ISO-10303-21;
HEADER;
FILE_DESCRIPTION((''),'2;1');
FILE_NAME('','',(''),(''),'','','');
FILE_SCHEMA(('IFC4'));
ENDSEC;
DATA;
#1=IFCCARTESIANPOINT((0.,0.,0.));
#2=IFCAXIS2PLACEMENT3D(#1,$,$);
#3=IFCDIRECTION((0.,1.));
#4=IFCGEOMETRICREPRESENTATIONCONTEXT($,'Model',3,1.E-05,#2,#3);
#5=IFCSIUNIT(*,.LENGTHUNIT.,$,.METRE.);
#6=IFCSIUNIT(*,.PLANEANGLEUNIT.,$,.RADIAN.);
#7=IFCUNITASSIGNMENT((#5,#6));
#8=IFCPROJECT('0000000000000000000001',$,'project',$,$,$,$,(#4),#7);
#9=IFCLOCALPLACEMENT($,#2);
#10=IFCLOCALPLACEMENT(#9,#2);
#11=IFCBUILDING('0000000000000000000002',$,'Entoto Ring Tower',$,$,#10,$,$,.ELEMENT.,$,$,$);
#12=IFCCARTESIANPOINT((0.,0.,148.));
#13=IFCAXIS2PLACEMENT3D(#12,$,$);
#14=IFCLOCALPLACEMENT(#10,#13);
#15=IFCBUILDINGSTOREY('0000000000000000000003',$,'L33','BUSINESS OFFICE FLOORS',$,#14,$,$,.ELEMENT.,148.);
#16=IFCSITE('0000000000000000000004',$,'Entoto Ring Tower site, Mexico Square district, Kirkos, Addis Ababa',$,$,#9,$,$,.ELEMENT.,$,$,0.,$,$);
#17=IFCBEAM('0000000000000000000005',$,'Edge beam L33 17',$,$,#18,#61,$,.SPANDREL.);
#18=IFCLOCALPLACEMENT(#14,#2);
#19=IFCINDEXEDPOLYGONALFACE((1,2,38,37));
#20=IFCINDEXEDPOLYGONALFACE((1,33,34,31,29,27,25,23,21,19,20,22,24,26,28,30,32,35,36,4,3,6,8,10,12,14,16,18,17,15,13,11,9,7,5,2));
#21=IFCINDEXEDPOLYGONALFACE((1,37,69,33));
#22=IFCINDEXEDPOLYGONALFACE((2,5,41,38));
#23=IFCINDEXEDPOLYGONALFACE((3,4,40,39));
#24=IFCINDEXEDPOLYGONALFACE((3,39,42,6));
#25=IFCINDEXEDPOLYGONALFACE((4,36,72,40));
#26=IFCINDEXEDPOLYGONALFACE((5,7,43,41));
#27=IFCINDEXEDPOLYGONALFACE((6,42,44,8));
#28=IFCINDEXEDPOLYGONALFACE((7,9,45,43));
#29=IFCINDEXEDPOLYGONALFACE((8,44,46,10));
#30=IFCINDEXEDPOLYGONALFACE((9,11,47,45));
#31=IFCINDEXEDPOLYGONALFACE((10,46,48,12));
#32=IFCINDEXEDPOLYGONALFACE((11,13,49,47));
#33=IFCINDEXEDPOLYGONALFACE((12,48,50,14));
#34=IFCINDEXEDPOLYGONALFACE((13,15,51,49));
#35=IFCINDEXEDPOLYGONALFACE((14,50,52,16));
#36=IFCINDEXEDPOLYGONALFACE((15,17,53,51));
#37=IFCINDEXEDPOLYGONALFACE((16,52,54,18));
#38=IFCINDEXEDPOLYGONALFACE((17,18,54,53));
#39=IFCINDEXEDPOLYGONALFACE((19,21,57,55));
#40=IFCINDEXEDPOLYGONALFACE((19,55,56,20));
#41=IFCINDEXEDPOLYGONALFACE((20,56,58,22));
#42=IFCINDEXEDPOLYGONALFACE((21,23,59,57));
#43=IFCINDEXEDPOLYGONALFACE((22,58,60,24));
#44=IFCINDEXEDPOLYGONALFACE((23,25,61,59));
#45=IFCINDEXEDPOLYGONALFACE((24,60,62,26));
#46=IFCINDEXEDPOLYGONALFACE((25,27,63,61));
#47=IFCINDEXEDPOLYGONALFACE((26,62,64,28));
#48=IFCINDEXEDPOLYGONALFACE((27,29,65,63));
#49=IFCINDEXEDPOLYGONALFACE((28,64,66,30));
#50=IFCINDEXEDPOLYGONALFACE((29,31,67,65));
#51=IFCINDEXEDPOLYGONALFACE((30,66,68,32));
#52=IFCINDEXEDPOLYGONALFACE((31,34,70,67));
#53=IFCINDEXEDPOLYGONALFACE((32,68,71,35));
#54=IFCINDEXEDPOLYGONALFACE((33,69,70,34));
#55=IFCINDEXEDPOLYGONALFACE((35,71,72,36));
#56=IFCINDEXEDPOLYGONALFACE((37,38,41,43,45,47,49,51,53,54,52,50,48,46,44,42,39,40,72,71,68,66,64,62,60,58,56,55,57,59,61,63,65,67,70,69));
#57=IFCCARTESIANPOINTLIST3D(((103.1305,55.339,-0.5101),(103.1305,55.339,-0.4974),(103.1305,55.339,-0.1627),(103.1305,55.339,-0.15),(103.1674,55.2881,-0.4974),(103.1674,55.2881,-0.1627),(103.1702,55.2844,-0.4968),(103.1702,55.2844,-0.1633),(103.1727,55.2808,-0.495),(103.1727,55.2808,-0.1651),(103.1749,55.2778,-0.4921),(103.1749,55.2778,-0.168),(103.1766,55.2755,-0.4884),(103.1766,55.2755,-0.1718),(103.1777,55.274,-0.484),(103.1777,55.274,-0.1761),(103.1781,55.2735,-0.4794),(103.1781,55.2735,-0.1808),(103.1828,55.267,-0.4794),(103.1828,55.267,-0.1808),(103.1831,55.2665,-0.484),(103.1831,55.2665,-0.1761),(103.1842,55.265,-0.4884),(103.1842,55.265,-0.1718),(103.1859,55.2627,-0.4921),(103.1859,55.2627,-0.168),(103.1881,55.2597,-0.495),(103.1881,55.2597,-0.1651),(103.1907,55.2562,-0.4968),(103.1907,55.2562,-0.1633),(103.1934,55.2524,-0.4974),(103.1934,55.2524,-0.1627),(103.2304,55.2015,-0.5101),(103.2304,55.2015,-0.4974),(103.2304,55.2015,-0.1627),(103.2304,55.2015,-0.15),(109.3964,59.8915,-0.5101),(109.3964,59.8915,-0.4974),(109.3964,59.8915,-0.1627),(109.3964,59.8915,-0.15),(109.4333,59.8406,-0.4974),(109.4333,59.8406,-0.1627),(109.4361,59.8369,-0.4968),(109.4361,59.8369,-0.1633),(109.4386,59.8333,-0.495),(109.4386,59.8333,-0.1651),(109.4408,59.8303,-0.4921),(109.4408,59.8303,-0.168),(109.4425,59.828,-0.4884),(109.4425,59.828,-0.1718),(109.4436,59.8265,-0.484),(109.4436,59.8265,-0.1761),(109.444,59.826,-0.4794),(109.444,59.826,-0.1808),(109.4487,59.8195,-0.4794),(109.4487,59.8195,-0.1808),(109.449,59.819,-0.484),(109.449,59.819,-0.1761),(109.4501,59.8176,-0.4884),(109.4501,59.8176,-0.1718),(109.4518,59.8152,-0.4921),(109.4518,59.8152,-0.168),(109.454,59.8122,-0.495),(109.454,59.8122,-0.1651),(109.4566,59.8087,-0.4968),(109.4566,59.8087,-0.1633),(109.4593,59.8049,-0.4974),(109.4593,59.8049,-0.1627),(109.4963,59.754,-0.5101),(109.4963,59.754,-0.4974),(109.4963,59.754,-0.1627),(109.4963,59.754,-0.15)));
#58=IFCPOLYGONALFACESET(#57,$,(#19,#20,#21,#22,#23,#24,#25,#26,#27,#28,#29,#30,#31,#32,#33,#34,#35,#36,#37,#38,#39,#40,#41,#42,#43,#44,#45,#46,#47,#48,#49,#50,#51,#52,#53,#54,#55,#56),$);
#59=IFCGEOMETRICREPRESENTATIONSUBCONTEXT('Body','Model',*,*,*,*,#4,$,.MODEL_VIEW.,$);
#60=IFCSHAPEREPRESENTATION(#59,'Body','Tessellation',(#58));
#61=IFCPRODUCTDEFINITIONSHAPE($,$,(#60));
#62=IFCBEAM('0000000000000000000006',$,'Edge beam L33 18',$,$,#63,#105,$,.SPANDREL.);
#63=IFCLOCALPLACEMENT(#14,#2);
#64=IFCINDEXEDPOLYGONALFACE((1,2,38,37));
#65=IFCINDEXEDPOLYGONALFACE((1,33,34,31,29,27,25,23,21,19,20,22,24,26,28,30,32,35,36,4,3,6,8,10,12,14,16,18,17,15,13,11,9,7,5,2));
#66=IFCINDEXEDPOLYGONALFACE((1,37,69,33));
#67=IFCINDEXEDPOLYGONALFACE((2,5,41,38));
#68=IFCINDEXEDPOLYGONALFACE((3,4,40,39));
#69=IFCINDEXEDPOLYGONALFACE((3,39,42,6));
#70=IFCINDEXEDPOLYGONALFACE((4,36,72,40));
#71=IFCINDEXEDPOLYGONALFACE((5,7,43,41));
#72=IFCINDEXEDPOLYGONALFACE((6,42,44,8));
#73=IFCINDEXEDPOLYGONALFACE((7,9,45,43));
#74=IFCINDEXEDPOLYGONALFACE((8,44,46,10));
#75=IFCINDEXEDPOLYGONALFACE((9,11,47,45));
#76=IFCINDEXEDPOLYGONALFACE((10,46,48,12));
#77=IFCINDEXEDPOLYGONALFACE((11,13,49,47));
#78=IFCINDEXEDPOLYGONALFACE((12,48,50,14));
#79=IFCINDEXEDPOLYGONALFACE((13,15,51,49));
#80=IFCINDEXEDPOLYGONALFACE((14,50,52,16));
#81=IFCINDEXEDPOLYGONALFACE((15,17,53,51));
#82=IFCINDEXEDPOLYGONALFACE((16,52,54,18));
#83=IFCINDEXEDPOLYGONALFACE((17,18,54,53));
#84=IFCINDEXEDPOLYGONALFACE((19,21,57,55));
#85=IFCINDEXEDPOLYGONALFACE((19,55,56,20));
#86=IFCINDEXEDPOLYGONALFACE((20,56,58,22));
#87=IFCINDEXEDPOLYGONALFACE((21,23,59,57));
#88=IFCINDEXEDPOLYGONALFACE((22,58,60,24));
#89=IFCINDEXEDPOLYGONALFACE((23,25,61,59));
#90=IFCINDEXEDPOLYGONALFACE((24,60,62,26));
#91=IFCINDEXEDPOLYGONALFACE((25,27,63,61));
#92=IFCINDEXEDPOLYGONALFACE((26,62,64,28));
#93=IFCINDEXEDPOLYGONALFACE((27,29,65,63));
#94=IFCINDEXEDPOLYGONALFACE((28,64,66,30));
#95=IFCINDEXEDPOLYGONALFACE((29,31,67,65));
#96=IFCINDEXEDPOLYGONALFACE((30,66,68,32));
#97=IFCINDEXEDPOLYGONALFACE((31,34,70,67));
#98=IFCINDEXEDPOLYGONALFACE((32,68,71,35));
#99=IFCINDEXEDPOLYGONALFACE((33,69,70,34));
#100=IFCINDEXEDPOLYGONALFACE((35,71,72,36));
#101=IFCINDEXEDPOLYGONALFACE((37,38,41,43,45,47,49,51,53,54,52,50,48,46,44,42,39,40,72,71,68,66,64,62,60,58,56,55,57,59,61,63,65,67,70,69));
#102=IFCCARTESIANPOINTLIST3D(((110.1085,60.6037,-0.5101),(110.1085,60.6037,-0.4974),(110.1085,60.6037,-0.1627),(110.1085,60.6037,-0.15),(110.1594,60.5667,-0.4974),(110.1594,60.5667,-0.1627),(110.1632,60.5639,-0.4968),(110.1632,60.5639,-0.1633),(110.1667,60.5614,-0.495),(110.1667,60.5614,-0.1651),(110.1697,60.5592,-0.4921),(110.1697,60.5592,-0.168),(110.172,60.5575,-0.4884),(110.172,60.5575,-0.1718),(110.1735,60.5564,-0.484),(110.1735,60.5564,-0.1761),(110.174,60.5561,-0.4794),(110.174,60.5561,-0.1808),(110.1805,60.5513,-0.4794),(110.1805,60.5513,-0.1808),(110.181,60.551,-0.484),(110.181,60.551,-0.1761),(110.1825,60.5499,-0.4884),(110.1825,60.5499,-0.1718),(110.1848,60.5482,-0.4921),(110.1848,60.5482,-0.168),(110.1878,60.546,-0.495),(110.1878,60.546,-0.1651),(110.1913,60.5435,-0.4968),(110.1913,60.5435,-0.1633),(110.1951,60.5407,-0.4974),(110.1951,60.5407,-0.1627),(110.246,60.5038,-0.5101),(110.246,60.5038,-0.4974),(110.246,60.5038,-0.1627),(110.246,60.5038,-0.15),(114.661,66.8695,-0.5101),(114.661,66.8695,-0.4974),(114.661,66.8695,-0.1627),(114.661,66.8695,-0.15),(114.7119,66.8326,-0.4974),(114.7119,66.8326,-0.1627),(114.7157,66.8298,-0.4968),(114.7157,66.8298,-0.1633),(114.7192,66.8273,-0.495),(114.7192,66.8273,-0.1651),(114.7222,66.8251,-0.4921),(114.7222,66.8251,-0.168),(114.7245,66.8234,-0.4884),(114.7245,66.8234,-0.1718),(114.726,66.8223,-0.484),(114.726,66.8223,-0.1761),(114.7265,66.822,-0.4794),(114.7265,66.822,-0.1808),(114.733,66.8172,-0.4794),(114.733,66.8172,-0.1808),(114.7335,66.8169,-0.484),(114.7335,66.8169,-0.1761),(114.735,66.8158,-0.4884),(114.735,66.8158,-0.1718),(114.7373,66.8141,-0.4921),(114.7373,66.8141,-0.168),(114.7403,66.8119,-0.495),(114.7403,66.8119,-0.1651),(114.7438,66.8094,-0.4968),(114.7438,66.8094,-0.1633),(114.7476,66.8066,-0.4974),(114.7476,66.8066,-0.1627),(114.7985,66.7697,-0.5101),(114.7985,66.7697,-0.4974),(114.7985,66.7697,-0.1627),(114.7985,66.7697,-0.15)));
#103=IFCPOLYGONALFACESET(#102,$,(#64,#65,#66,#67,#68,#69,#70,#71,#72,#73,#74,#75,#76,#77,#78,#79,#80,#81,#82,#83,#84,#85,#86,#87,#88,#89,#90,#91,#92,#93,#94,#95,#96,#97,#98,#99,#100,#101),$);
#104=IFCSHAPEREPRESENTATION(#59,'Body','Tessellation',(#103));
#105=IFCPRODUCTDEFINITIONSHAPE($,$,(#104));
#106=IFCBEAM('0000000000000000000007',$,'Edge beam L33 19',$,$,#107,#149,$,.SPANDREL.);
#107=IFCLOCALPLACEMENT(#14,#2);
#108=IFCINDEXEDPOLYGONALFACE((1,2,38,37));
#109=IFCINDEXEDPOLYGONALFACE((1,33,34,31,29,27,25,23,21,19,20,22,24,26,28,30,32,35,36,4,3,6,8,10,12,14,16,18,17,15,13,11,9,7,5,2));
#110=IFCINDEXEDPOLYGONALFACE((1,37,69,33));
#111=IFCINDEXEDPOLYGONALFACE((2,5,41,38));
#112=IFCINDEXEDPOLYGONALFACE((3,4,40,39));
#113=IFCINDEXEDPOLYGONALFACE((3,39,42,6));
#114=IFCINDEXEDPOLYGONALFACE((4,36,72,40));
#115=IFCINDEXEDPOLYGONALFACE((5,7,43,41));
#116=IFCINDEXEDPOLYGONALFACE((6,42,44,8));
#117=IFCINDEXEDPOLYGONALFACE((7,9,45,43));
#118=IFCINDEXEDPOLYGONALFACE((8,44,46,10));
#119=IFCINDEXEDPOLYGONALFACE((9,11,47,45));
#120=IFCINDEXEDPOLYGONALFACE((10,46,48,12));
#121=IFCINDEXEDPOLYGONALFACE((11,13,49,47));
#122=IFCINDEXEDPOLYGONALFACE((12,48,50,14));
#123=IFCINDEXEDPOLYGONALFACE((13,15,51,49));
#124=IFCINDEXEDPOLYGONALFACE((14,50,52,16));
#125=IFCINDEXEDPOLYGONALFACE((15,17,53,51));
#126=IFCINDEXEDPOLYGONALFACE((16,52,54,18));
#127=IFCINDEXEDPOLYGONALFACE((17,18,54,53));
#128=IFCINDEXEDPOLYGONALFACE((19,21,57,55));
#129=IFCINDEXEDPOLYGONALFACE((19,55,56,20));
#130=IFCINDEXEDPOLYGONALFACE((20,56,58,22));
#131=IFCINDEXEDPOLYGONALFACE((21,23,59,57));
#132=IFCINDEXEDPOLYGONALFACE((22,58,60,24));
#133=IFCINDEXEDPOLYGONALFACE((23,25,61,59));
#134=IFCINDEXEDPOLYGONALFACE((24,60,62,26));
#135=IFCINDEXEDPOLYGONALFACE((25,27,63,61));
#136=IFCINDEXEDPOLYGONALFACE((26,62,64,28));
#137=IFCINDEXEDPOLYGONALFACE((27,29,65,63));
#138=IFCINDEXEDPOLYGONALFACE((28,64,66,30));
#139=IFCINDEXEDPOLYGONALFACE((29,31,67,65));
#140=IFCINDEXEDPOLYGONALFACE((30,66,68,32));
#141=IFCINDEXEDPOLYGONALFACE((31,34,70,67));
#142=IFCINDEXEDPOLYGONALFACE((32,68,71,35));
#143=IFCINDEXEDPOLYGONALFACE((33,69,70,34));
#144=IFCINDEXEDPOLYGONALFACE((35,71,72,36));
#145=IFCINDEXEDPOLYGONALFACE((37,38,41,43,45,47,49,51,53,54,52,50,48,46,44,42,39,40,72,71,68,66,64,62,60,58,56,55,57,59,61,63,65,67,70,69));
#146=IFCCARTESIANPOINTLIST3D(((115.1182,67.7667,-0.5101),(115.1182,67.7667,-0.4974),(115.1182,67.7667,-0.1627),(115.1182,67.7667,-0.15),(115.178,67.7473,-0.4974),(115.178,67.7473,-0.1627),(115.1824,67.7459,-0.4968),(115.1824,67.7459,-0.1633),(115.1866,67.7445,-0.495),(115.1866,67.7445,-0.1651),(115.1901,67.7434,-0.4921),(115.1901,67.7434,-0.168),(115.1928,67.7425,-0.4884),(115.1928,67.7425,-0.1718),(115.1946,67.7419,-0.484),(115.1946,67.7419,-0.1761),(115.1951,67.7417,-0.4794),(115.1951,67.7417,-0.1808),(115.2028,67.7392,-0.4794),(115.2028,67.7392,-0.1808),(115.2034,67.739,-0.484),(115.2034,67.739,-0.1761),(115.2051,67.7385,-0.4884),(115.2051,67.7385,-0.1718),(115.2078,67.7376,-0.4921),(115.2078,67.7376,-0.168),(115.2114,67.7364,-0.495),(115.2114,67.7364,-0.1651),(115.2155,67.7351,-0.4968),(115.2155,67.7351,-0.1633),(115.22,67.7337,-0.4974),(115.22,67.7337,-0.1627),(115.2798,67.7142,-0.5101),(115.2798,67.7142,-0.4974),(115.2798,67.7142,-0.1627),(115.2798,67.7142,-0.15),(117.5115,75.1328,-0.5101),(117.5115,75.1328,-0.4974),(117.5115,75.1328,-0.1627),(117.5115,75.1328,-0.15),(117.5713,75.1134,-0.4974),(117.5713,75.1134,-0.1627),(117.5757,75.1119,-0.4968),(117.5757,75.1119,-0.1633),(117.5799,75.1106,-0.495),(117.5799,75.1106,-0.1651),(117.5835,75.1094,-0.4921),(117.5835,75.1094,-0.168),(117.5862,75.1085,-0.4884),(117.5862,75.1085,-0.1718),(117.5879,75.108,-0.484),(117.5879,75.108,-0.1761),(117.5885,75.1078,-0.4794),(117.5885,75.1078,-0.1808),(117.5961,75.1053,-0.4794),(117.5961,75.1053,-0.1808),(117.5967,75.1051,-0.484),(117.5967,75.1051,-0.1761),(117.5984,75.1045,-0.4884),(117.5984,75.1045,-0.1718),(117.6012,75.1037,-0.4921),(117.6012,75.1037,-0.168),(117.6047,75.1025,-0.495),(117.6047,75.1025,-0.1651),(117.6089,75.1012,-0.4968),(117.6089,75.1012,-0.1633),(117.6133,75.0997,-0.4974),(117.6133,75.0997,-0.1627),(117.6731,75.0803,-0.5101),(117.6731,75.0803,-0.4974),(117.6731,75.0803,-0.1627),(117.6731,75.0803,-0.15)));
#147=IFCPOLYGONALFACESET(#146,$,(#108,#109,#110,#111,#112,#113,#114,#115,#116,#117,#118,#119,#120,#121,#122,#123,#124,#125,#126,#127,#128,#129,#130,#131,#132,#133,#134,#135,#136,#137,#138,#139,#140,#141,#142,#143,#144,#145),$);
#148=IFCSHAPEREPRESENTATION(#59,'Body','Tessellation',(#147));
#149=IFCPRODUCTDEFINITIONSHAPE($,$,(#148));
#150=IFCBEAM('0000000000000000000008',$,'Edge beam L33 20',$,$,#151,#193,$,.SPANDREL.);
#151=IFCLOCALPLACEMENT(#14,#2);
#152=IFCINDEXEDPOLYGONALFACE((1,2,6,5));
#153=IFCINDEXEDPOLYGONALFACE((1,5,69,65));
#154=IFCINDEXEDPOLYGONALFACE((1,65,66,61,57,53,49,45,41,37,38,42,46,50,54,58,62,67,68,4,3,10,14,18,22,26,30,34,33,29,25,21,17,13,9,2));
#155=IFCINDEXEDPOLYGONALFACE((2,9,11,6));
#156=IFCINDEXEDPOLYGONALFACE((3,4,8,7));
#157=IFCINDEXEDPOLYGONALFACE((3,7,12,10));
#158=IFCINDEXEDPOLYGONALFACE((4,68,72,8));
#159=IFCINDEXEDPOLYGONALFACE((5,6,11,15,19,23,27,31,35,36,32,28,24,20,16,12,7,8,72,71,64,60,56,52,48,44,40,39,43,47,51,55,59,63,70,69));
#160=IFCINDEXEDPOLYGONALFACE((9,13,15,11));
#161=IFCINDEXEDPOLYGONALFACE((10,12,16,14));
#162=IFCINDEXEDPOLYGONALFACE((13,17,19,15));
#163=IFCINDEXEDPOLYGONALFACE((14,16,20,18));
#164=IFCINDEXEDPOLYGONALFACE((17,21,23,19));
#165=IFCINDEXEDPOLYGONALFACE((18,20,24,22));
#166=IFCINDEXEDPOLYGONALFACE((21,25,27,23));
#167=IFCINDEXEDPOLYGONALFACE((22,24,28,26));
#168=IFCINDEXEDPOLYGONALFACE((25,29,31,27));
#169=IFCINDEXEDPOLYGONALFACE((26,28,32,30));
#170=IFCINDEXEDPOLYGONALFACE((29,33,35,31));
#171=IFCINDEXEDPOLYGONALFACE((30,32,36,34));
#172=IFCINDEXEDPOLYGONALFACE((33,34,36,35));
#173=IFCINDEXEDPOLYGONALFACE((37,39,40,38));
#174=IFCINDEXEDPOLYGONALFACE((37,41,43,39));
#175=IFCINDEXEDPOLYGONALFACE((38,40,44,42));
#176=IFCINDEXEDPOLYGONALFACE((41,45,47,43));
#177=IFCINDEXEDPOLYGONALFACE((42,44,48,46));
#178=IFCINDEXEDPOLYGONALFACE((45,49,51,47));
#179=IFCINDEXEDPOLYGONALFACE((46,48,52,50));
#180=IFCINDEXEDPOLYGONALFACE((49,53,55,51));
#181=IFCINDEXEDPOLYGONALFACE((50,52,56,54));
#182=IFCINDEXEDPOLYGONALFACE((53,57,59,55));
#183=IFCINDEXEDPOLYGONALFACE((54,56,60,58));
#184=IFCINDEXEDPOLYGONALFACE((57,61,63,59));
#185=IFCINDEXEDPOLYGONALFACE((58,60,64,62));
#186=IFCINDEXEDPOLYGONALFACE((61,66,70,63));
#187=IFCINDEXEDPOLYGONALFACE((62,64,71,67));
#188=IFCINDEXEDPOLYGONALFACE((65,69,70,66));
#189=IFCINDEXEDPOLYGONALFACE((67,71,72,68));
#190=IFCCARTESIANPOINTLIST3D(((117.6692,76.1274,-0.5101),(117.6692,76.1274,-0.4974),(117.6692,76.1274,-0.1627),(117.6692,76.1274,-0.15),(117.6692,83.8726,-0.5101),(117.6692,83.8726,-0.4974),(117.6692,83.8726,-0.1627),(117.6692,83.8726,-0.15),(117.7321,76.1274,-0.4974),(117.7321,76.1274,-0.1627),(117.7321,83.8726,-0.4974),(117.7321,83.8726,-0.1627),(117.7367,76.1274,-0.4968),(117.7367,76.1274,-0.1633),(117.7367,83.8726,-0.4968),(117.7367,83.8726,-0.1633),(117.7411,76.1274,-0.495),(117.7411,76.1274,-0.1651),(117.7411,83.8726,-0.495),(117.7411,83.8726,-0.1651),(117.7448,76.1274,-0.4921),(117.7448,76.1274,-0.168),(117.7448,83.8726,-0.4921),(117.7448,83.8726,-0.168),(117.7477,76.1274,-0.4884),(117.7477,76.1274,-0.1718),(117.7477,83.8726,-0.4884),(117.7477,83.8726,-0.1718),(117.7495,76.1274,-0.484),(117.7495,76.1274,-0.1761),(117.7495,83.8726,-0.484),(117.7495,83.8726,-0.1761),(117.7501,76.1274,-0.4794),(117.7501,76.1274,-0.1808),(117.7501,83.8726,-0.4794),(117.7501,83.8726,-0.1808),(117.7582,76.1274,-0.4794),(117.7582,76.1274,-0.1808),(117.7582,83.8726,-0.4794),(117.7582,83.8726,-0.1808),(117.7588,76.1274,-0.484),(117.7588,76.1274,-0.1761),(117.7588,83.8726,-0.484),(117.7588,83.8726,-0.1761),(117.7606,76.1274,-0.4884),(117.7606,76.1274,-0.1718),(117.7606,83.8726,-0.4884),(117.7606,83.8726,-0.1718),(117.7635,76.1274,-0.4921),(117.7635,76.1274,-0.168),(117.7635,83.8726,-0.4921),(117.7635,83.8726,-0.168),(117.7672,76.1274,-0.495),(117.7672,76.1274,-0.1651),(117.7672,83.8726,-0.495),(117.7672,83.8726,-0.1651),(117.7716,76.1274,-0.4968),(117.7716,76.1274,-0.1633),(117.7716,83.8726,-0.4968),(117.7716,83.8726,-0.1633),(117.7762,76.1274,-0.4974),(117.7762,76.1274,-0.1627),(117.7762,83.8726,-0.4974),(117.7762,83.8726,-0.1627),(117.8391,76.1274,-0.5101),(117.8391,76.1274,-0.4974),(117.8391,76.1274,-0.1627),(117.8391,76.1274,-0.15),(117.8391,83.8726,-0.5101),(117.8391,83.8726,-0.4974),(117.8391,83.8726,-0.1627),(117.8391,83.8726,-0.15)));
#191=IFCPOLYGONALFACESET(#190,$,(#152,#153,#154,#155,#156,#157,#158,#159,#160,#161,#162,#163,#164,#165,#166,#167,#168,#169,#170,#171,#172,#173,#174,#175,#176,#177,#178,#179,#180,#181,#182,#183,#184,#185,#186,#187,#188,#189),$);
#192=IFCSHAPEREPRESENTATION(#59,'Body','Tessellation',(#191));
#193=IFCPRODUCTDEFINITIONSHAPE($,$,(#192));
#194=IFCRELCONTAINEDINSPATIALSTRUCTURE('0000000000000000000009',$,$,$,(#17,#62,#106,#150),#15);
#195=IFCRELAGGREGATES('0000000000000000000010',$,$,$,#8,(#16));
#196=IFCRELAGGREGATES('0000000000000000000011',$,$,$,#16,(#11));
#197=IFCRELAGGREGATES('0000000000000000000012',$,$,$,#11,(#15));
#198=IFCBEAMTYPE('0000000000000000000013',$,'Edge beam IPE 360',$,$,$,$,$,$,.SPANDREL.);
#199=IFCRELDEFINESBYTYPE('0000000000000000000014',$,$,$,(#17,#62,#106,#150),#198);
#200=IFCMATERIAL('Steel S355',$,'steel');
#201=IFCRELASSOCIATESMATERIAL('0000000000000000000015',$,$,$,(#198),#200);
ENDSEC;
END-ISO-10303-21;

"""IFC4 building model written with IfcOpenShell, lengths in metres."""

from ifc_helpers import new_model, si_unit, direction, frame, origin, origin_2d, place, context, subcontext, project, spatial, i_section, extrude, material, material_profile, profile_set, type_object, element, save


model = new_model("IFC4")

# Units and contexts
model_context = context("Model", 3, precision=1e-05, world=origin(), true_north=direction((0.0, 1.0)))
body_context = subcontext(model_context, "Body", "Model", "MODEL_VIEW")
ifc_project = project(units=[si_unit("LENGTHUNIT", "METRE"), si_unit("PLANEANGLEUNIT", "RADIAN")], contexts=[model_context])

# Site, building, storey
site_placement = place(None, origin())
site = spatial("IfcSite", under=ifc_project, at=site_placement, Name="Entoto Ring Tower site, Mexico Square district, Kirkos, Addis Ababa", CompositionType="ELEMENT", RefElevation=0.0)
building_placement = place(site_placement, origin())
building = spatial("IfcBuilding", under=site, at=building_placement, Name="Entoto Ring Tower", CompositionType="ELEMENT")
storey_placement = place(building_placement, frame((0.0, 0.0, 148.0)))
storey = spatial("IfcBuildingStorey", under=building, at=storey_placement, Name="L33", Description="BUSINESS OFFICE FLOORS", CompositionType="ELEMENT", Elevation=148.0)

# Beams
ifc_material_1 = material(Name="Steel S355", Category="steel")
ifc_material_profile_1 = material_profile(ifc_material_1, i_section(OverallWidth=0.1699, OverallDepth=0.3601, WebThickness=0.0081, FlangeThickness=0.0127, FilletRadius=0.0181, at=origin_2d()), Name="IPE 360")
ifc_profile_set_1 = profile_set([ifc_material_profile_1], Name="Steel S355")
beam_type_1 = type_object("IfcBeamType", Name="Edge beam IPE 360", PredefinedType="SPANDREL", material=ifc_profile_set_1)
for number, where, z_axis, x_axis, name in (
    (1, (103.1804, 55.2703, -0.3301), (0.809013, 0.587791, 0.0), (-0.587791, 0.809013, 0.0), "Edge beam L33 17"),
    (2, (110.1772, 60.5537, -0.3301), (0.587791, 0.809013, 0.0), (-0.809013, 0.587791, 0.0), "Edge beam L33 18"),
    (3, (115.199, 67.7405, -0.3301), (0.309013, 0.951058, 0.0), (-0.951058, 0.309013, 0.0), "Edge beam L33 19"),
    (4, (117.7542, 76.1274, -0.3301), (0.0, 1.0, 0.0), (-1.0, 0.0, 0.0), "Edge beam L33 20"),
):
    element("IfcBeam", number, at=place(storey_placement, frame(where, z_axis=z_axis, x_axis=x_axis)), inside=storey, type_object=beam_type_1, Name=name, PredefinedType="SPANDREL", context=body_context, shape_type="SweptSolid", body=[
        extrude(i_section(OverallWidth=0.1699, OverallDepth=0.3601, WebThickness=0.0081, FlangeThickness=0.0127, FilletRadius=0.0181, at=origin_2d()), origin(), (0.0, 0.0, 1.0), 7.7451),
    ])

save(model, "model.ifc")
